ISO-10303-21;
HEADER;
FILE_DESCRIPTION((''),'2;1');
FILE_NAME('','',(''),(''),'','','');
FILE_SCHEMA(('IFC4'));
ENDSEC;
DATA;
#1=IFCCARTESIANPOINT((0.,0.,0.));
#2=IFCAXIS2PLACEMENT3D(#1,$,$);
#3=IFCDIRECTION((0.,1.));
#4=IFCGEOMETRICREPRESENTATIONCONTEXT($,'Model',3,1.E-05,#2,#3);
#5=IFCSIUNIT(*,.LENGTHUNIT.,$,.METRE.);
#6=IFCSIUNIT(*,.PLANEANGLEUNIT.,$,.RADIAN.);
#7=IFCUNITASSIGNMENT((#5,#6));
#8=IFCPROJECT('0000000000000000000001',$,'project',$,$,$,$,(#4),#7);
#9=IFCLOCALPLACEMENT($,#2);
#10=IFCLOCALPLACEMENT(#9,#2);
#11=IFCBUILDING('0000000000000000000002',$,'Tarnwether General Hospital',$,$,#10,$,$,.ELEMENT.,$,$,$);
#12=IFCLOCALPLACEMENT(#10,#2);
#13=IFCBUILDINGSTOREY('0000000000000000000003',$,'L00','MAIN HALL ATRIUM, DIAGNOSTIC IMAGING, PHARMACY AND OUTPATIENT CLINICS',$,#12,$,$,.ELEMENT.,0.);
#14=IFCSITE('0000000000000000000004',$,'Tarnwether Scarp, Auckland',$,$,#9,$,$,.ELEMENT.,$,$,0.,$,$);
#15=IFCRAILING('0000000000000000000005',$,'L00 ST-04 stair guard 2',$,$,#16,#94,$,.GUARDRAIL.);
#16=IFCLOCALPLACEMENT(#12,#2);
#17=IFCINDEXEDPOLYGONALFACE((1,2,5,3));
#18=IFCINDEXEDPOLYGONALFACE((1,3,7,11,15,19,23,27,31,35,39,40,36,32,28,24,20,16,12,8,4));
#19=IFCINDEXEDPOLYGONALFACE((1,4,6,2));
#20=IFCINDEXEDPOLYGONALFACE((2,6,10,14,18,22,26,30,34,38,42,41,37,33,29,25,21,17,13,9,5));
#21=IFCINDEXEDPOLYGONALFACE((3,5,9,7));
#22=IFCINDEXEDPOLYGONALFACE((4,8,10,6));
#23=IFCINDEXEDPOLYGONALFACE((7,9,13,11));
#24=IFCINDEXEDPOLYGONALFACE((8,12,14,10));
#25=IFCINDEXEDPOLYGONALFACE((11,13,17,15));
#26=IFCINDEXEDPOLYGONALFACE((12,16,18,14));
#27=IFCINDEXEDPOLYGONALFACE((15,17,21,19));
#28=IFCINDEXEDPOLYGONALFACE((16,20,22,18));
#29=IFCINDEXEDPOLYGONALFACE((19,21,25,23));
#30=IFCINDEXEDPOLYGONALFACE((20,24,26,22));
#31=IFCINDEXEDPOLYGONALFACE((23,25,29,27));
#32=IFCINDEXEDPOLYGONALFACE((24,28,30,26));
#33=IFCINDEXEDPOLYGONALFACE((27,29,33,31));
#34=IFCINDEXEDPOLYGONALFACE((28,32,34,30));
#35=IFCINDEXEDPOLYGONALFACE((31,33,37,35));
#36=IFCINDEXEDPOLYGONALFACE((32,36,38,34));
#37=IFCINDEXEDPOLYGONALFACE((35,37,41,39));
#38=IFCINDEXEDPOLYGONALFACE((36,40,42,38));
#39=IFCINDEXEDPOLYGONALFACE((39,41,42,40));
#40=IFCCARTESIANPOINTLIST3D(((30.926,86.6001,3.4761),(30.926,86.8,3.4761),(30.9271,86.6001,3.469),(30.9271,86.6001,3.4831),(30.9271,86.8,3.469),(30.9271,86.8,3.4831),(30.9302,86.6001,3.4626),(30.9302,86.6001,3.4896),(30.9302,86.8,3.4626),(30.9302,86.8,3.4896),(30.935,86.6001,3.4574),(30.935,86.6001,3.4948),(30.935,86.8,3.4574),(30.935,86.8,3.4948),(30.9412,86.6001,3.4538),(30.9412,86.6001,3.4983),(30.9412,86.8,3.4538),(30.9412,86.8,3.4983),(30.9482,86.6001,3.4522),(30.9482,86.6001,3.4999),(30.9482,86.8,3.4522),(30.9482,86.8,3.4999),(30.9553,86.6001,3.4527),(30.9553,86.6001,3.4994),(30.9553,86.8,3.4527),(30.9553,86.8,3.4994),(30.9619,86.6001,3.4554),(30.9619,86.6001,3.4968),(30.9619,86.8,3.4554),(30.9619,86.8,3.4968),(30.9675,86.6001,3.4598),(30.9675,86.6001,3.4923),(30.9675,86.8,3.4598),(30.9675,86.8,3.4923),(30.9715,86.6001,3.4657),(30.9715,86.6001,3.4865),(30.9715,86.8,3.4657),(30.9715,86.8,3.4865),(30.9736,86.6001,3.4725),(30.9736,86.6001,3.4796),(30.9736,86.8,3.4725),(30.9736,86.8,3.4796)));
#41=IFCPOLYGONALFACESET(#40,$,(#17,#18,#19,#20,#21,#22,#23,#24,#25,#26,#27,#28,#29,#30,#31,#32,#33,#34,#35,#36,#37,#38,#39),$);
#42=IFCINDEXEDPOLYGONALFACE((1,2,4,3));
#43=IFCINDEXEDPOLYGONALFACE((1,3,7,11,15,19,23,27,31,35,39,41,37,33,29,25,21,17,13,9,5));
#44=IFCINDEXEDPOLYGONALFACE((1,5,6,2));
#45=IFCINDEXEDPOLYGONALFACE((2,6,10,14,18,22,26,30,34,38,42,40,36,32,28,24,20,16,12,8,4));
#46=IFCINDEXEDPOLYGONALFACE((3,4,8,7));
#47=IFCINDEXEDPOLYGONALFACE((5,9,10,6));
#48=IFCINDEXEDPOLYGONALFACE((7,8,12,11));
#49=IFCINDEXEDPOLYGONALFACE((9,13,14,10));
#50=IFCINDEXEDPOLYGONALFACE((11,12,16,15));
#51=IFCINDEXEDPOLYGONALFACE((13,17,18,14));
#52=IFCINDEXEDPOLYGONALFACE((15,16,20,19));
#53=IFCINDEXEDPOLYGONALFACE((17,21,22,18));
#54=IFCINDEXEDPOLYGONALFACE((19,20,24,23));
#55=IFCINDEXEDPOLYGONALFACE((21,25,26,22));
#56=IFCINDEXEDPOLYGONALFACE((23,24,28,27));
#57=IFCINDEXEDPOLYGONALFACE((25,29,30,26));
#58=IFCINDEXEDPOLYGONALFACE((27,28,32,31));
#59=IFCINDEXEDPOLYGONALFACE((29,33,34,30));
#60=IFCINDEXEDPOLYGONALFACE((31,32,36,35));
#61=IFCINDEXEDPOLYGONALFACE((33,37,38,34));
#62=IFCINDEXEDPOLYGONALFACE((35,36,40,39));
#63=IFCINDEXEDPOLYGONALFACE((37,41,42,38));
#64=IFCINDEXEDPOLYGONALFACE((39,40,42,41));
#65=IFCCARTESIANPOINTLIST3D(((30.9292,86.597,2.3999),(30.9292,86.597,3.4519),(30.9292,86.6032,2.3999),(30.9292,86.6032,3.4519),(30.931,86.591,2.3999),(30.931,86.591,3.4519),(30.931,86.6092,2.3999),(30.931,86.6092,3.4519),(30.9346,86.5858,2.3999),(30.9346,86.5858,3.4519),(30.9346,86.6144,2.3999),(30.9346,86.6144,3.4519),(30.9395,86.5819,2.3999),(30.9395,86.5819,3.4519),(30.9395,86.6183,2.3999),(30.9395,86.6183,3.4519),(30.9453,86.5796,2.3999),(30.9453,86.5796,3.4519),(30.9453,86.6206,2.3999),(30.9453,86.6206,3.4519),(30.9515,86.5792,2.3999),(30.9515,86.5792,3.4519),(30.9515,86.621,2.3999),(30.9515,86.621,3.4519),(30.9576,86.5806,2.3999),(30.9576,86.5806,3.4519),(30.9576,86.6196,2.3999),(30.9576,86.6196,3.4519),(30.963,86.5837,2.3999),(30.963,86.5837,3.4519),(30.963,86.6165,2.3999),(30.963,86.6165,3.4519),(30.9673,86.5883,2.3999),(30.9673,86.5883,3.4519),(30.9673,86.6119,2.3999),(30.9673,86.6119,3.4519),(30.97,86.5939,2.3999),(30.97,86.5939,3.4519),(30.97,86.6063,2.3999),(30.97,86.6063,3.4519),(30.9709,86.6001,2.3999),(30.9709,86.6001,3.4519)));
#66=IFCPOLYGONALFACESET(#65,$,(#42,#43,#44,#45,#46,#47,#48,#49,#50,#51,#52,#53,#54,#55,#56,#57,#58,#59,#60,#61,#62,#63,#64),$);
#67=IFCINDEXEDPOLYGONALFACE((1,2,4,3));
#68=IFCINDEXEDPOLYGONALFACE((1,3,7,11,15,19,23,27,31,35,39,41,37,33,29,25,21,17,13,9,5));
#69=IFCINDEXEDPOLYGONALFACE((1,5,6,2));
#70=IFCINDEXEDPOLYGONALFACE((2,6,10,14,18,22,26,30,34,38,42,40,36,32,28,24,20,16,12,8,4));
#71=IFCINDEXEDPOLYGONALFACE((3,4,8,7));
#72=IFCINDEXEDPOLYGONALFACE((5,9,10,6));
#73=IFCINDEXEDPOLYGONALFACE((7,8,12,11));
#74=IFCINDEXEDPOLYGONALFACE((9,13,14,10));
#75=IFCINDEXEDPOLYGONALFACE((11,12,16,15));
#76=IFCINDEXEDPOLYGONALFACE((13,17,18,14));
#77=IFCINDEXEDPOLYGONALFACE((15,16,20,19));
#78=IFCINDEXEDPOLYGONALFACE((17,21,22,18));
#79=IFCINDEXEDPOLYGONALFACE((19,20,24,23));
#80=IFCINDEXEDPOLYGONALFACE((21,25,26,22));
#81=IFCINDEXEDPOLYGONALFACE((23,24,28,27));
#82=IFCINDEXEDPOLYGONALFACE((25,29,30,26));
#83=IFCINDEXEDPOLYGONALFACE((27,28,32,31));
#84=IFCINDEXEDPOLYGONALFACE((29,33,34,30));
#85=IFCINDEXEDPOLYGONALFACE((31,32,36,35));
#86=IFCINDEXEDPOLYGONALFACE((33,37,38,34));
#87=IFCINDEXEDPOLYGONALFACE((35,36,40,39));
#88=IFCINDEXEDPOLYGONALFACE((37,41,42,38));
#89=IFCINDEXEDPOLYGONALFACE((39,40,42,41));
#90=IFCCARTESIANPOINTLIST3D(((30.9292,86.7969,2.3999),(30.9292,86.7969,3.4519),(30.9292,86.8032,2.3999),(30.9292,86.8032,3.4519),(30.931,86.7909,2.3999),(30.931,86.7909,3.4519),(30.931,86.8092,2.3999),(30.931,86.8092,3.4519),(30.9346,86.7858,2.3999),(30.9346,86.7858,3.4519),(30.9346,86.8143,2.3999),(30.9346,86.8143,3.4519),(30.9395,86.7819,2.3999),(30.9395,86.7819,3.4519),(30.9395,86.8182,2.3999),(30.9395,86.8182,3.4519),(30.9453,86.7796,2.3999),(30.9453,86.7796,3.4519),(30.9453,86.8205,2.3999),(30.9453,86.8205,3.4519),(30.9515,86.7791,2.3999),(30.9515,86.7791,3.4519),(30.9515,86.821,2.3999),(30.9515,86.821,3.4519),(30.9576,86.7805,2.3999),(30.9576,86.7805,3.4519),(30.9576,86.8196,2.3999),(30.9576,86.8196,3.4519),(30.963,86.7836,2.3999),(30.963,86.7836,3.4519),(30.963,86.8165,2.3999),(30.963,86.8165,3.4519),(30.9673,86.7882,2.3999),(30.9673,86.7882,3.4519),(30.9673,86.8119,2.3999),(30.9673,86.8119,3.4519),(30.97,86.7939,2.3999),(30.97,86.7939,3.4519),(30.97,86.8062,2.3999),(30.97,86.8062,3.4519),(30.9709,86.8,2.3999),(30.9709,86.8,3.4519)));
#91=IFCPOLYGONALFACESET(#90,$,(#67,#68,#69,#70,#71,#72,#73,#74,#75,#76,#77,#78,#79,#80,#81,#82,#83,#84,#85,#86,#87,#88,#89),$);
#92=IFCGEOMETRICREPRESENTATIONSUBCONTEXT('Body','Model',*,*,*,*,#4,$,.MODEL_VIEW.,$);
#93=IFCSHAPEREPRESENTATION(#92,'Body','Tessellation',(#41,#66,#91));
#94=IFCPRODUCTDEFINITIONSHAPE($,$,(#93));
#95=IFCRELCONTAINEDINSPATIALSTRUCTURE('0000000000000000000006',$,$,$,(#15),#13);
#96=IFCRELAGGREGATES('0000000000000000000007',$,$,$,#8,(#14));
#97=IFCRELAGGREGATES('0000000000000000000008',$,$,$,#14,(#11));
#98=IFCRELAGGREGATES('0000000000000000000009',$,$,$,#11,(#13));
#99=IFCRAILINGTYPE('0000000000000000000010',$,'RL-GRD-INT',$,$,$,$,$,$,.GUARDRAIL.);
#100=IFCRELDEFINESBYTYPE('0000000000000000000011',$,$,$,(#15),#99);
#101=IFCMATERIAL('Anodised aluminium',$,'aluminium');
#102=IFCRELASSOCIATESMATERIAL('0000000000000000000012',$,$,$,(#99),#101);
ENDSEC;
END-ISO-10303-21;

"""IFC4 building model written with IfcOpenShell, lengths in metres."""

from ifc_helpers import new_model, si_unit, direction, frame, origin, origin_2d, place, context, subcontext, project, spatial, circle, extrude, material, type_object, element, save


model = new_model("IFC4")

# Units and contexts
model_context = context("Model", 3, precision=1e-05, world=origin(), true_north=direction((0.0, 1.0)))
body_context = subcontext(model_context, "Body", "Model", "MODEL_VIEW")
ifc_project = project(units=[si_unit("LENGTHUNIT", "METRE"), si_unit("PLANEANGLEUNIT", "RADIAN")], contexts=[model_context])

# Site, building, storey
site_placement = place(None, origin())
site = spatial("IfcSite", under=ifc_project, at=site_placement, Name="Tarnwether Scarp, Auckland", CompositionType="ELEMENT", RefElevation=0.0)
building_placement = place(site_placement, origin())
building = spatial("IfcBuilding", under=site, at=building_placement, Name="Tarnwether General Hospital", CompositionType="ELEMENT")
storey_placement = place(building_placement, origin())
storey = spatial("IfcBuildingStorey", under=building, at=storey_placement, Name="L00", Description="MAIN HALL ATRIUM, DIAGNOSTIC IMAGING, PHARMACY AND OUTPATIENT CLINICS", CompositionType="ELEMENT", Elevation=0.0)

# Railing
ifc_material_1 = material(Name="Anodised aluminium", Category="aluminium")
railing_type_1 = type_object("IfcRailingType", Name="RL-GRD-INT", PredefinedType="GUARDRAIL", material=ifc_material_1)
railing_1_placement = place(storey_placement, frame((30.95, 86.6001, 2.3999)))
element("IfcRailing", 1, at=railing_1_placement, inside=storey, type_object=railing_type_1, Name="L00 ST-04 stair guard 2", PredefinedType="GUARDRAIL", context=body_context, shape_type="SweptSolid", body=[
    extrude(circle(Radius=0.0239, at=origin_2d()), frame((0.0, 0.0, 1.0762), z_axis=(0.0, 1.0, 0.0), x_axis=(-1.0, 0.0, 0.0)), (0.0, 0.0, 1.0), 0.2),
    extrude(circle(Radius=0.021, at=origin_2d()), origin(), (0.0, 0.0, 1.0), 1.052),
    extrude(circle(Radius=0.021, at=origin_2d()), frame((0.0, 0.2, 0.0)), (0.0, 0.0, 1.0), 1.052),
])

save(model, "model.ifc")
